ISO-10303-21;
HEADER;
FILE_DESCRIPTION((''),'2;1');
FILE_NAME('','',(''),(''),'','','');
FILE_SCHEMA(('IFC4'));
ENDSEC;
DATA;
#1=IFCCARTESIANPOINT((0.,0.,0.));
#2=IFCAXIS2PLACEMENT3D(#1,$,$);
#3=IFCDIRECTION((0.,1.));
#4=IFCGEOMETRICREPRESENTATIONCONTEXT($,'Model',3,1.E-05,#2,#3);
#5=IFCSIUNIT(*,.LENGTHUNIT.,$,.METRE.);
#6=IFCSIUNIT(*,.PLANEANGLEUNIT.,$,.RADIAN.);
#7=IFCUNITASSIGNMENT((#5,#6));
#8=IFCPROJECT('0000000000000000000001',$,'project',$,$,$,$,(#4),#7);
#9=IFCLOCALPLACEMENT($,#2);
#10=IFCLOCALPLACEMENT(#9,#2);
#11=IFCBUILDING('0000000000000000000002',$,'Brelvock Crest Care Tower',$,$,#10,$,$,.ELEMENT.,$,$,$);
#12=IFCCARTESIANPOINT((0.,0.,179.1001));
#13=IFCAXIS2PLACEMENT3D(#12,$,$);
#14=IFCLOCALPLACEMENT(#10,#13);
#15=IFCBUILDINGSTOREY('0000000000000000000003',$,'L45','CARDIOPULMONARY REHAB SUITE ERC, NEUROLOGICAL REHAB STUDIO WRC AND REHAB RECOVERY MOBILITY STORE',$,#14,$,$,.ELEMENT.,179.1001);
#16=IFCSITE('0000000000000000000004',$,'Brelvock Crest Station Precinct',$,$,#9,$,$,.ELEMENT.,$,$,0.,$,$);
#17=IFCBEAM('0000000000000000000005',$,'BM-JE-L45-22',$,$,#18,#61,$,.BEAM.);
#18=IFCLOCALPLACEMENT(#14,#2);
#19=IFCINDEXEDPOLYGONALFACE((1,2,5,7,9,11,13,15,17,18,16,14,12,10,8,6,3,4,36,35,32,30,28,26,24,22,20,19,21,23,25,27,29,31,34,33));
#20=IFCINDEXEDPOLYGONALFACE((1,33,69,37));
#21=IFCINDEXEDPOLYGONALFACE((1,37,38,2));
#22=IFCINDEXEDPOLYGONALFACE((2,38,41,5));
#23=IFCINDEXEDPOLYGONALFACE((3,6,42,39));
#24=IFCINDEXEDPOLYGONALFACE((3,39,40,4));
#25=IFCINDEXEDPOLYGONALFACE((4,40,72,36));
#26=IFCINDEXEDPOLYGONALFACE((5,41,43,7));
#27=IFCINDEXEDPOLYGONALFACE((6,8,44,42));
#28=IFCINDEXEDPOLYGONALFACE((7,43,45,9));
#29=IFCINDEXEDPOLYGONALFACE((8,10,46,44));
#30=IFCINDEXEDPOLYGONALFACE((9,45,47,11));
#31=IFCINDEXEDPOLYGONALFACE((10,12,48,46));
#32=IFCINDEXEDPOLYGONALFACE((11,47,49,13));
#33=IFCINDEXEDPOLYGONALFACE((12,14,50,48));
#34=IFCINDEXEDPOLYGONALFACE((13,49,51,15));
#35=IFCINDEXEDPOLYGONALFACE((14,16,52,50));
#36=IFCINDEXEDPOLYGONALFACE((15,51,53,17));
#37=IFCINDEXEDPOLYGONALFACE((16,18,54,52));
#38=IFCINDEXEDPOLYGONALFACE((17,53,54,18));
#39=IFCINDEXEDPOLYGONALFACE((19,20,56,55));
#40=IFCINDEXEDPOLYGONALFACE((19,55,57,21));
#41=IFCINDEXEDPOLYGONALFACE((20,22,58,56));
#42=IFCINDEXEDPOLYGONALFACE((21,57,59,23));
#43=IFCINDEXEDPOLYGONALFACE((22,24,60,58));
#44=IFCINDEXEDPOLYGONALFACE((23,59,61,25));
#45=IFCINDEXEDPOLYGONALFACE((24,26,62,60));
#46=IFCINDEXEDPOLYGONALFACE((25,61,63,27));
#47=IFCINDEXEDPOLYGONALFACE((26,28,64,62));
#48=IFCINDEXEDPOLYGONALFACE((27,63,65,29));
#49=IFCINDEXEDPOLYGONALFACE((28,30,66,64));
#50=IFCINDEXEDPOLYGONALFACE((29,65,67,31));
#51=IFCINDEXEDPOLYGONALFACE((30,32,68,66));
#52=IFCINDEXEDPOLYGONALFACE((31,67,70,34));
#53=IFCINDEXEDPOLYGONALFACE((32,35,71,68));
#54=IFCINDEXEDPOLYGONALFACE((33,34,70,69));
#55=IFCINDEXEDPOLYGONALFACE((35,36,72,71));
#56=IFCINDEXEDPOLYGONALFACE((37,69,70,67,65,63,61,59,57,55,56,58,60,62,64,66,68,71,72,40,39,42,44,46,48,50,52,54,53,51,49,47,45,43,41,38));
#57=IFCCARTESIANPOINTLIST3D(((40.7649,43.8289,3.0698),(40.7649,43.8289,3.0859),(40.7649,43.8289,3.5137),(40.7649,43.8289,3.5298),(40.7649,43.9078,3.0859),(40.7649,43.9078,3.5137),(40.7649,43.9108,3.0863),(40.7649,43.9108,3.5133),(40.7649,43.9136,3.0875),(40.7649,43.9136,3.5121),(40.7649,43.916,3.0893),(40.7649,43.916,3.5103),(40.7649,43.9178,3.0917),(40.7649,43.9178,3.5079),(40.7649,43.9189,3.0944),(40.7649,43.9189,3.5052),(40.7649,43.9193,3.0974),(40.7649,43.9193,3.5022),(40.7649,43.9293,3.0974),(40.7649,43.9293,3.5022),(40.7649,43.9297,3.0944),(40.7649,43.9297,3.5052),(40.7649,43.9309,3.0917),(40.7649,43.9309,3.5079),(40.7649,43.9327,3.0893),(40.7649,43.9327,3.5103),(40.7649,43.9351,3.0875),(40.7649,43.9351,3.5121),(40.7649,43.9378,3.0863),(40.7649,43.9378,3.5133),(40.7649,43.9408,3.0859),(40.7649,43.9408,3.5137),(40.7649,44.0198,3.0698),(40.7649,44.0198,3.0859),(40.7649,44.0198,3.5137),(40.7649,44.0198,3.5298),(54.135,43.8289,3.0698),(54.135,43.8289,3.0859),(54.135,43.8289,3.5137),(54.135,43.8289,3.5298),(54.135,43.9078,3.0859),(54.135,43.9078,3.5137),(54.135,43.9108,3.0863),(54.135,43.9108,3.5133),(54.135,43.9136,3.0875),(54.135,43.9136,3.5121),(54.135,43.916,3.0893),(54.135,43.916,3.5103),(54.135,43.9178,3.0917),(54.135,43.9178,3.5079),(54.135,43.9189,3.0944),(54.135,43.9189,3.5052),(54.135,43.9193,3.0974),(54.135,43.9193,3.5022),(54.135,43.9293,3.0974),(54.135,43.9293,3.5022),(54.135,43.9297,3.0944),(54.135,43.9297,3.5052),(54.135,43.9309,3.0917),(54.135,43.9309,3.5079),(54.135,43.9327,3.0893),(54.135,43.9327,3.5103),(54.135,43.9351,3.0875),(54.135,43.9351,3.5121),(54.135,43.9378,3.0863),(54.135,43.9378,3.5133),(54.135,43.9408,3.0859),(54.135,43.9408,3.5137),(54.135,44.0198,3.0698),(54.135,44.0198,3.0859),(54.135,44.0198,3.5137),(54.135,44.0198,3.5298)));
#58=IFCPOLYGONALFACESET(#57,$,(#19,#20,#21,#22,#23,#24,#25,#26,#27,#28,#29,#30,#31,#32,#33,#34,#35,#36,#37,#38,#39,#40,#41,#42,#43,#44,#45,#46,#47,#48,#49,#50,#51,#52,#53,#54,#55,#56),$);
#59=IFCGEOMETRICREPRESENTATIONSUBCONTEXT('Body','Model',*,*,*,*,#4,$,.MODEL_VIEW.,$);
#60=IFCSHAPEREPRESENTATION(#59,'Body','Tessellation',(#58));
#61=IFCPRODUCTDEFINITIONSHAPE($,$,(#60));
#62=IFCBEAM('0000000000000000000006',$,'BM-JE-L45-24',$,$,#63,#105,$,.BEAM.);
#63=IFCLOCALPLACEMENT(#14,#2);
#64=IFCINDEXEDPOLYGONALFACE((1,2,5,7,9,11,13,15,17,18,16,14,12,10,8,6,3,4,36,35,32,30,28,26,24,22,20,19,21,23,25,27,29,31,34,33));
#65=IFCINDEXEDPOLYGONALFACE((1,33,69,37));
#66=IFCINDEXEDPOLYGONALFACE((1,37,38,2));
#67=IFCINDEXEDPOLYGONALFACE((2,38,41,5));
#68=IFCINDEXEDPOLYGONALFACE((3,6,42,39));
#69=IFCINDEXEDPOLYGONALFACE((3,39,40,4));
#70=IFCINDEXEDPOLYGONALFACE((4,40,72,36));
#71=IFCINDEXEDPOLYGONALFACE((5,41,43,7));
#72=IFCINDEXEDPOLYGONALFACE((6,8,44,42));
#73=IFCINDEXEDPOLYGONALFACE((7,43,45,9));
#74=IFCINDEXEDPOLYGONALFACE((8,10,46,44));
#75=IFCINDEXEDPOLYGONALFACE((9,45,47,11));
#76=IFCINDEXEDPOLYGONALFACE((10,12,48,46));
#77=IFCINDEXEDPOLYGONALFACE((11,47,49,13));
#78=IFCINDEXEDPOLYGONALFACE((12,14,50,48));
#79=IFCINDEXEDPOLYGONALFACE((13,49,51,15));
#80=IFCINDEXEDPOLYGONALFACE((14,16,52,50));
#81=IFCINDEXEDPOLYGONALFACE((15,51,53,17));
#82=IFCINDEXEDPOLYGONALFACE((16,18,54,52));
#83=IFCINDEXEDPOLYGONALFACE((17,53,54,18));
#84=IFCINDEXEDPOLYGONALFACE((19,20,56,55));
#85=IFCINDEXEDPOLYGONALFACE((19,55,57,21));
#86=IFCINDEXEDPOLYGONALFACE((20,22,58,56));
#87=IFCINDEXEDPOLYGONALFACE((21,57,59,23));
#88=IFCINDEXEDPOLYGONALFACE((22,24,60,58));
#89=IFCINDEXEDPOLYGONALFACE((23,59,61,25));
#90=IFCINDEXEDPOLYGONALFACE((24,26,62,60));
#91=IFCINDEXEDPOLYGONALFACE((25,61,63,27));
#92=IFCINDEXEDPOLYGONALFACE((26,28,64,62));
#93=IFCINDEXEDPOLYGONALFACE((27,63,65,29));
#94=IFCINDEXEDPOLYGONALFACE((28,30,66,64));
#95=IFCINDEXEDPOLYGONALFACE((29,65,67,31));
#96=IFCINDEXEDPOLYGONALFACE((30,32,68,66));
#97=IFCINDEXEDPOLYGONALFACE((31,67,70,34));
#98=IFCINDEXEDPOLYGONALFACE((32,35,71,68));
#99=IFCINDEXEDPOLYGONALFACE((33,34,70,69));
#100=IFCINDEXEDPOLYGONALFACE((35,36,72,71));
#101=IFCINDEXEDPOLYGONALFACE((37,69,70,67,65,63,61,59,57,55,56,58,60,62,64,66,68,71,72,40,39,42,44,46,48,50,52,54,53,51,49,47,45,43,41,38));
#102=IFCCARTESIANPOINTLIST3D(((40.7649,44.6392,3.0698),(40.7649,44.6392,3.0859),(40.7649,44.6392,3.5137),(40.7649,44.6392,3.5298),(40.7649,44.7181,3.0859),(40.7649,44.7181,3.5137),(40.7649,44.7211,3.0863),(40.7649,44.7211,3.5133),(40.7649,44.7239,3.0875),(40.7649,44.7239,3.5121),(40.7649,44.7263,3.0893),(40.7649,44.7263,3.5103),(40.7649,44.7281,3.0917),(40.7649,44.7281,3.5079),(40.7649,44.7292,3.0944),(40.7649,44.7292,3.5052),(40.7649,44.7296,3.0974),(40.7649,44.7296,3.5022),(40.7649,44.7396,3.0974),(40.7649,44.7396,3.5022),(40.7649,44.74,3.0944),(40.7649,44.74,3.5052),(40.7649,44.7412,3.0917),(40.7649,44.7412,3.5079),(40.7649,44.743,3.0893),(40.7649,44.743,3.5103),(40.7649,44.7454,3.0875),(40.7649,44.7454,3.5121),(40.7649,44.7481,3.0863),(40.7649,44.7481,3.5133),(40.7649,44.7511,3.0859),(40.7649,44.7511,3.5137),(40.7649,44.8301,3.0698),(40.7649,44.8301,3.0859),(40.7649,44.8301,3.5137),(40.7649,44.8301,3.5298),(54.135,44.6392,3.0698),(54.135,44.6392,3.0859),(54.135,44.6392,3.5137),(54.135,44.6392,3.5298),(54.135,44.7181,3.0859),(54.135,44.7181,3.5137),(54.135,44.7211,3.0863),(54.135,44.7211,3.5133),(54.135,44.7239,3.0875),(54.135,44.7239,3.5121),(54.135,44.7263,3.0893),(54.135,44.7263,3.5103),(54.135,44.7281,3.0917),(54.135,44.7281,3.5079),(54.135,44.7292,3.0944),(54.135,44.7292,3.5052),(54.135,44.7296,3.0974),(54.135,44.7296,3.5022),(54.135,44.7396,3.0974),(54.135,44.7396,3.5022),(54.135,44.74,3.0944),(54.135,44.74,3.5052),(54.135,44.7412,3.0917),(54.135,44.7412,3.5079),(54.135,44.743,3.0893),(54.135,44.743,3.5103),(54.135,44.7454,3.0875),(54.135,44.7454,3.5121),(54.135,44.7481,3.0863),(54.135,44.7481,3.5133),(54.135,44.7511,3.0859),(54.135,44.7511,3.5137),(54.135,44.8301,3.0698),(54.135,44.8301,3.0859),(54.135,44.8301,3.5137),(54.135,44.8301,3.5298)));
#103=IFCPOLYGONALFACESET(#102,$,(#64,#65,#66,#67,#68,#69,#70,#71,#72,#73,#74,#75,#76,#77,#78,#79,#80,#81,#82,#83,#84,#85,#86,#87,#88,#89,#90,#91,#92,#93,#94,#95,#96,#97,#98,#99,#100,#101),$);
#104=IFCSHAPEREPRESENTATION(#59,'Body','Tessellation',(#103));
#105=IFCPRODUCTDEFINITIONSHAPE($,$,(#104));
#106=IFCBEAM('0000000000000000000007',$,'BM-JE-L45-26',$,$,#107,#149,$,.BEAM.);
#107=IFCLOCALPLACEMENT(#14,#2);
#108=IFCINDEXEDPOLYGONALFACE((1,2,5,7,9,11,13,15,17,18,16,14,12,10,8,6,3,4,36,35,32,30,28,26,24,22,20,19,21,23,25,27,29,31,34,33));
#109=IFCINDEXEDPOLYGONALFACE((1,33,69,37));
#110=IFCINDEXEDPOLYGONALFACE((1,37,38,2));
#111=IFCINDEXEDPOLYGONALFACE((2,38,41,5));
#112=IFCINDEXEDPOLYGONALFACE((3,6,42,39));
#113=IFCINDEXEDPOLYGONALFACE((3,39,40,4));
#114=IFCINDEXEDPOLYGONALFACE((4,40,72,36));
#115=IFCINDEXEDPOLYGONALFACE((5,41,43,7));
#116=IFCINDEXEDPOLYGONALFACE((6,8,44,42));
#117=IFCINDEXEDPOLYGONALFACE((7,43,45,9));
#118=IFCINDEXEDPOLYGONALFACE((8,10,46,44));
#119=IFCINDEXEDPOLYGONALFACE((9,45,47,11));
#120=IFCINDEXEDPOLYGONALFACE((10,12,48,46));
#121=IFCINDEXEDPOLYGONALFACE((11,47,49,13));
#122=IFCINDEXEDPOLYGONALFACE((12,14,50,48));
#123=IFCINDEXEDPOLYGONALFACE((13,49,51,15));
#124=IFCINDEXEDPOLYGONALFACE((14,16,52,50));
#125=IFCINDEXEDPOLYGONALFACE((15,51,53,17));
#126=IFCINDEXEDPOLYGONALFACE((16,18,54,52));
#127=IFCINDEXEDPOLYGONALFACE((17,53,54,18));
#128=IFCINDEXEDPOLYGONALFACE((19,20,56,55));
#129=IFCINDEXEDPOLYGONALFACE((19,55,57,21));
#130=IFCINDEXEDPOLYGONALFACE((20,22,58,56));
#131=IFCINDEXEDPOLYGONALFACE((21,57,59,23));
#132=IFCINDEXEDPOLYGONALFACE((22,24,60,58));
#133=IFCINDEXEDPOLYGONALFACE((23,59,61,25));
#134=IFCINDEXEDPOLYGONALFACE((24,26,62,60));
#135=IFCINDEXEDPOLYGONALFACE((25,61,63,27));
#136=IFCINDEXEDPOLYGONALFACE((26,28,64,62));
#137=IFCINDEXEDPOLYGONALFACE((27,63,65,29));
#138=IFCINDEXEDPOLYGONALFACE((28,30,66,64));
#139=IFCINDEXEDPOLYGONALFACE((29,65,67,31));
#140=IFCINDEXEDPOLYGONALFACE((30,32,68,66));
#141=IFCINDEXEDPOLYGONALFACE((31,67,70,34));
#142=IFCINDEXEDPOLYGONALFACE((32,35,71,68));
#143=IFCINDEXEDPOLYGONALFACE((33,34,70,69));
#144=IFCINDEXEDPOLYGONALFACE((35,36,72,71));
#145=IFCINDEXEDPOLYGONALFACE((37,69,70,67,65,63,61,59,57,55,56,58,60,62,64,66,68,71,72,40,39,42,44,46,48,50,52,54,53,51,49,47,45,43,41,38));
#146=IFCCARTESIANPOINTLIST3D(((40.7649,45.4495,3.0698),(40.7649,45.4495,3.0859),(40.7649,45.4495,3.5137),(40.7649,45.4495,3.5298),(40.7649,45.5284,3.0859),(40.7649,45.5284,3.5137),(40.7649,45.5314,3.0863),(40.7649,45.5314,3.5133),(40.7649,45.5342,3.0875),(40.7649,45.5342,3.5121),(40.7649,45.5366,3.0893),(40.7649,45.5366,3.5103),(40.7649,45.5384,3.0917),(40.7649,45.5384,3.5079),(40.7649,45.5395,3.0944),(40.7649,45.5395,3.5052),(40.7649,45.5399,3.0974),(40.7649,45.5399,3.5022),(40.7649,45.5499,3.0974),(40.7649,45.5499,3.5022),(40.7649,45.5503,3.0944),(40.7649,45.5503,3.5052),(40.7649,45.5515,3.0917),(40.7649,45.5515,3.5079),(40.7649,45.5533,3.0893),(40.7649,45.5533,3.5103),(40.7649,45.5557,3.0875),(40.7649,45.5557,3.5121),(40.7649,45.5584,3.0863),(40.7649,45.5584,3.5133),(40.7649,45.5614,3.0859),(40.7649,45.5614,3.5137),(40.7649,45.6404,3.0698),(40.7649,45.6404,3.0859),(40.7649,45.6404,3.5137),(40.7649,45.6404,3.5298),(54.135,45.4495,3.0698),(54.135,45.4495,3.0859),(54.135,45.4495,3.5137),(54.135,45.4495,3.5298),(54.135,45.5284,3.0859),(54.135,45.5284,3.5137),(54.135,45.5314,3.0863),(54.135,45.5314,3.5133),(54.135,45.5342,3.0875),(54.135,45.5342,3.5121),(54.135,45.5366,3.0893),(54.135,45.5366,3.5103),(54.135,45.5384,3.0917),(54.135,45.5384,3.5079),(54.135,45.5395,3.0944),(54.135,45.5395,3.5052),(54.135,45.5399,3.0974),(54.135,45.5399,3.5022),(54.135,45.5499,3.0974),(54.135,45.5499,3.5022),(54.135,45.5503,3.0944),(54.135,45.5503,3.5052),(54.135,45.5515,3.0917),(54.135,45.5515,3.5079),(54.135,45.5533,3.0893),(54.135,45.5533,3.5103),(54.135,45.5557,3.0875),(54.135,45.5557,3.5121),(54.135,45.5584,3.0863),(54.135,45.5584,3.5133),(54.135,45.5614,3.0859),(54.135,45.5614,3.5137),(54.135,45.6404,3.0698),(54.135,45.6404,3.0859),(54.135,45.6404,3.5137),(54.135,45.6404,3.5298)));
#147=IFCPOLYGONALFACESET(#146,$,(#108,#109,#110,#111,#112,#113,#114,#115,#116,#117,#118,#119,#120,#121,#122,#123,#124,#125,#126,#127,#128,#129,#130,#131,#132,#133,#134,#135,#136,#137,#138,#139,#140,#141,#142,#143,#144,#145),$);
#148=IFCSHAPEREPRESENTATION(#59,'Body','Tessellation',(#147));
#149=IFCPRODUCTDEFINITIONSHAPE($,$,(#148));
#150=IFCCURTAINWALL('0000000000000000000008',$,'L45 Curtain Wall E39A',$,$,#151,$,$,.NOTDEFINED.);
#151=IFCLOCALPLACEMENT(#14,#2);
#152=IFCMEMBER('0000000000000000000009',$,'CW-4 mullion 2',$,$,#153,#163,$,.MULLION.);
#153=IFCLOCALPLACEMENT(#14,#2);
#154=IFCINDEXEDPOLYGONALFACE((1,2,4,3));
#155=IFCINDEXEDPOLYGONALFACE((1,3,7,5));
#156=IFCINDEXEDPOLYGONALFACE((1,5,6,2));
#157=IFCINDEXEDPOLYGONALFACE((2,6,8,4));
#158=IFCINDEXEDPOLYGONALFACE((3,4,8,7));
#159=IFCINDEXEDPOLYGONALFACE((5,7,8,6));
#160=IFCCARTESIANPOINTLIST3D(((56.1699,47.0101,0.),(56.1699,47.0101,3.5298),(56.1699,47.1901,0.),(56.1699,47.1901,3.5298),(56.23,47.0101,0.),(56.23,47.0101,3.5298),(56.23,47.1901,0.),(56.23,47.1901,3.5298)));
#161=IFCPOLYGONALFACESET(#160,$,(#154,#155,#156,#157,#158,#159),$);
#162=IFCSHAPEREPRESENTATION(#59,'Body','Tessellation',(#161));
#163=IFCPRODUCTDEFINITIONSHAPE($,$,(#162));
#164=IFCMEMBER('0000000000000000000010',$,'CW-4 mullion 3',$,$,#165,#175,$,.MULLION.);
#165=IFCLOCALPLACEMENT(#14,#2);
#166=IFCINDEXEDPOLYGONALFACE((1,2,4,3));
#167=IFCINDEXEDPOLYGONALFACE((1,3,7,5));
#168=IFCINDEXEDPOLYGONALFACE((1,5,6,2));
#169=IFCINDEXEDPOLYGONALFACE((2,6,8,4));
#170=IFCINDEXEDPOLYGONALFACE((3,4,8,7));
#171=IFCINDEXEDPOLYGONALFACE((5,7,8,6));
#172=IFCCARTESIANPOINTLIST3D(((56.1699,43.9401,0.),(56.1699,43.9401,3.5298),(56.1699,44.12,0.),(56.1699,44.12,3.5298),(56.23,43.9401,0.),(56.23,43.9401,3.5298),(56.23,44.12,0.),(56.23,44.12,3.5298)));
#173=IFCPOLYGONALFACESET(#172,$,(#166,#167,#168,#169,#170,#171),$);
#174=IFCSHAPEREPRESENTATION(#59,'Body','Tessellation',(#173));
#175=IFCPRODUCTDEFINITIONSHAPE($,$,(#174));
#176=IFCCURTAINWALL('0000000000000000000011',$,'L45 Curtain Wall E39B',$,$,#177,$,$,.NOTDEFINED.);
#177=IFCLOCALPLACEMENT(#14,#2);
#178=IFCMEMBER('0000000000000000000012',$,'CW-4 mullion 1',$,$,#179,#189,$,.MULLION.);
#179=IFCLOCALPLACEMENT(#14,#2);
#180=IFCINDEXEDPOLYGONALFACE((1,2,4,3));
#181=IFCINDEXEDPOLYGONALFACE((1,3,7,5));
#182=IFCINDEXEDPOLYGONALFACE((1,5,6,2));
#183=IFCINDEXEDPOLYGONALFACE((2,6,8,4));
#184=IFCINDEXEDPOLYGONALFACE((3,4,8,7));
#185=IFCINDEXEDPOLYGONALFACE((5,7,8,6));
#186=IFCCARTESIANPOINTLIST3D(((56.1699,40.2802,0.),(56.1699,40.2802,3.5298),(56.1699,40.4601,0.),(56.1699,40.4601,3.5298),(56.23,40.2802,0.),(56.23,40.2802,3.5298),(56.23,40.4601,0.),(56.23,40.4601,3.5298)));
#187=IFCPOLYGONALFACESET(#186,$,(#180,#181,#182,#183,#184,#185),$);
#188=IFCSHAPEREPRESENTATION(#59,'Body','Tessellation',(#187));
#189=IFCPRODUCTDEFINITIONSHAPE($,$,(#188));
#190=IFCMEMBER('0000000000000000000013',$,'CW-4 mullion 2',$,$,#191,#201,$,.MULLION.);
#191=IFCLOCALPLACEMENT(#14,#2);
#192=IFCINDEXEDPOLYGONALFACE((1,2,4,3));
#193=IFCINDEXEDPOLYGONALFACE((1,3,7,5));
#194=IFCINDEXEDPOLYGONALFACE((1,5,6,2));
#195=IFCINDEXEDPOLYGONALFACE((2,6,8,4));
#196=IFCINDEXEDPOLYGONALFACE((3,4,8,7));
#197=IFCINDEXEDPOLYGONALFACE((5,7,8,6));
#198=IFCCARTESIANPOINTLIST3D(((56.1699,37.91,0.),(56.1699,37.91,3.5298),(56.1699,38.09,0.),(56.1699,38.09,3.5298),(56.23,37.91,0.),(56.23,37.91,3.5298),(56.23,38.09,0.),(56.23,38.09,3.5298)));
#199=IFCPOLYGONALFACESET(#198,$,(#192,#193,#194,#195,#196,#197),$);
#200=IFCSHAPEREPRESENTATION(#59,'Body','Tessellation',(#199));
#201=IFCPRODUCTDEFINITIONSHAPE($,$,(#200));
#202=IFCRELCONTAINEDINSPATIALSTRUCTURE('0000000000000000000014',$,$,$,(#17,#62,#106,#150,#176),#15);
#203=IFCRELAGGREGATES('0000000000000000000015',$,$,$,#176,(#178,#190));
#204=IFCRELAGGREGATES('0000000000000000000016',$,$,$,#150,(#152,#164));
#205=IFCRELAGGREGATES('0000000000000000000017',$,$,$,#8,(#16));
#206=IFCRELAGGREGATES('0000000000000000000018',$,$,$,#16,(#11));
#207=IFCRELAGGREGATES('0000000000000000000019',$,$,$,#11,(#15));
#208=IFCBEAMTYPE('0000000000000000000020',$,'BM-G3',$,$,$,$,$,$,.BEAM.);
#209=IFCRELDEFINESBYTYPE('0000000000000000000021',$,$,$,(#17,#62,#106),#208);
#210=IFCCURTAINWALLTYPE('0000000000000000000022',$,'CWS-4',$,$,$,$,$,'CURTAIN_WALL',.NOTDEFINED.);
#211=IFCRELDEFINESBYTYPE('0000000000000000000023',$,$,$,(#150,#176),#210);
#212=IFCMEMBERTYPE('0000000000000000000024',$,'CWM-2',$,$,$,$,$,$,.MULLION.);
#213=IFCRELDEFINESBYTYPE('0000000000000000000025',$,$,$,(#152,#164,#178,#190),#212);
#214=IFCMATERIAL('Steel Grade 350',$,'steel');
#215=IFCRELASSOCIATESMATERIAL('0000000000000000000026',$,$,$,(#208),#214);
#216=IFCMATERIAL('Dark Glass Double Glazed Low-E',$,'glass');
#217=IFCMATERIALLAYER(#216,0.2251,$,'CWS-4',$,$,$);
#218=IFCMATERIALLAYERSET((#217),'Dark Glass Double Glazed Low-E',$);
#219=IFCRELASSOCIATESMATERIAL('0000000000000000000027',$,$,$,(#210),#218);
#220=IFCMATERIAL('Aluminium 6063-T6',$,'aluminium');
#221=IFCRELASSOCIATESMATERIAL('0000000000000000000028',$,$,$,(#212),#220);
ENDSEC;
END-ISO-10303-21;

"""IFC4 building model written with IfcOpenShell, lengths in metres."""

from ifc_helpers import new_model, si_unit, direction, frame, origin, origin_2d, place, context, subcontext, project, spatial, rectangle, i_section, extrude, source, transform, mapped, material, layer, layer_set, material_profile, profile_set, type_object, element, aggregate, save


model = new_model("IFC4")

# Units and contexts
model_context = context("Model", 3, precision=1e-05, world=origin(), true_north=direction((0.0, 1.0)))
body_context = subcontext(model_context, "Body", "Model", "MODEL_VIEW")
ifc_project = project(units=[si_unit("LENGTHUNIT", "METRE"), si_unit("PLANEANGLEUNIT", "RADIAN")], contexts=[model_context])

# Site, building, storey
site_placement = place(None, origin())
site = spatial("IfcSite", under=ifc_project, at=site_placement, Name="Brelvock Crest Station Precinct", CompositionType="ELEMENT", RefElevation=0.0)
building_placement = place(site_placement, origin())
building = spatial("IfcBuilding", under=site, at=building_placement, Name="Brelvock Crest Care Tower", CompositionType="ELEMENT")
storey_placement = place(building_placement, frame((0.0, 0.0, 179.1001)))
storey = spatial("IfcBuildingStorey", under=building, at=storey_placement, Name="L45", Description="CARDIOPULMONARY REHAB SUITE ERC, NEUROLOGICAL REHAB STUDIO WRC AND REHAB RECOVERY MOBILITY STORE", CompositionType="ELEMENT", Elevation=179.1001)

# Shared definitions
ifc_material_1 = material(Name="Steel Grade 350", Category="steel")

# Beams
ifc_material_profile_1 = material_profile(ifc_material_1, i_section(OverallWidth=0.1909, OverallDepth=0.46, WebThickness=0.01, FlangeThickness=0.0161, FilletRadius=0.0115, at=origin_2d()), Name="460UB82.1")
ifc_profile_set_1 = profile_set([ifc_material_profile_1], Name="Steel Grade 350")
beam_type_1 = type_object("IfcBeamType", Name="BM-G3", PredefinedType="BEAM", material=ifc_profile_set_1)
shared_shape_1 = source(origin(), body_context, "Body", "SweptSolid", [
    extrude(i_section(OverallWidth=0.1909, OverallDepth=0.46, WebThickness=0.01, FlangeThickness=0.0161, FilletRadius=0.0115, at=origin_2d()), origin(), (0.0, 0.0, 1.0), 13.3701),
])
for number, where, z_axis, x_axis, name in (
    (1, (40.7649, 43.9243, 3.2998), (1.0, 0.0, 0.0), (0.0, 1.0, 0.0), "BM-JE-L45-22"),
    (2, (40.7649, 44.7346, 3.2998), (1.0, 0.0, 0.0), (0.0, 1.0, 0.0), "BM-JE-L45-24"),
    (3, (40.7649, 45.5449, 3.2998), (1.0, 0.0, 0.0), (0.0, 1.0, 0.0), "BM-JE-L45-26"),
):
    element("IfcBeam", number, at=place(storey_placement, frame(where, z_axis=z_axis, x_axis=x_axis)), inside=storey, type_object=beam_type_1, Name=name, PredefinedType="BEAM", context=body_context, shape_type="MappedRepresentation", body=[
        mapped(shared_shape_1, transform((0.0, 0.0, 0.0), x_axis=(1.0, 0.0, 0.0), y_axis=(0.0, 1.0, 0.0), z_axis=(0.0, 0.0, 1.0), scale=1.0)),
    ])

# Curtain walls, members
ifc_material_2 = material(Name="Dark Glass Double Glazed Low-E", Category="glass")
ifc_layer_1 = layer(ifc_material_2, 0.2251, Name="CWS-4")
ifc_layer_set_1 = layer_set([ifc_layer_1], Name="Dark Glass Double Glazed Low-E")
curtain_wall_type = type_object("IfcCurtainWallType", Name="CWS-4", ElementType="CURTAIN_WALL", PredefinedType="NOTDEFINED", material=ifc_layer_set_1)
curtain_wall_1_placement = place(storey_placement, origin())
curtain_wall_1 = element("IfcCurtainWall", 4, at=curtain_wall_1_placement, inside=storey, type_object=curtain_wall_type, Name="L45 Curtain Wall E39A", PredefinedType="NOTDEFINED")
ifc_material_3 = material(Name="Aluminium 6063-T6", Category="aluminium")
ifc_material_profile_2 = material_profile(ifc_material_3, rectangle(XDim=0.0601, YDim=0.1799, at=origin_2d()), Name="ALU60x180")
ifc_profile_set_2 = profile_set([ifc_material_profile_2], Name="Aluminium 6063-T6")
member_type_1 = type_object("IfcMemberType", Name="CWM-2", PredefinedType="MULLION", material=ifc_profile_set_2)
shared_shape_2 = source(origin(), body_context, "Body", "SweptSolid", [
    extrude(rectangle(XDim=0.0601, YDim=0.1799, at=origin_2d()), origin(), (0.0, 0.0, 1.0), 3.5298),
])
member_1_placement = place(storey_placement, frame((56.2, 47.1001, 0.0), z_axis=(0.0, 0.0, 1.0), x_axis=(1.0, 0.0, 0.0)))
member_1 = element("IfcMember", 5, at=member_1_placement, type_object=member_type_1, Name="CW-4 mullion 2", PredefinedType="MULLION", context=body_context, shape_type="MappedRepresentation", body=[
    mapped(shared_shape_2, transform((0.0, 0.0, 0.0), x_axis=(1.0, 0.0, 0.0), y_axis=(0.0, 1.0, 0.0), z_axis=(0.0, 0.0, 1.0), scale=1.0)),
])
member_2_placement = place(storey_placement, frame((56.2, 44.03, 0.0), z_axis=(0.0, 0.0, 1.0), x_axis=(1.0, 0.0, 0.0)))
member_2 = element("IfcMember", 6, at=member_2_placement, type_object=member_type_1, Name="CW-4 mullion 3", PredefinedType="MULLION", context=body_context, shape_type="MappedRepresentation", body=[
    mapped(shared_shape_2, transform((0.0, 0.0, 0.0), x_axis=(1.0, 0.0, 0.0), y_axis=(0.0, 1.0, 0.0), z_axis=(0.0, 0.0, 1.0), scale=1.0)),
])
curtain_wall_2_placement = place(storey_placement, origin())
curtain_wall_2 = element("IfcCurtainWall", 7, at=curtain_wall_2_placement, inside=storey, type_object=curtain_wall_type, Name="L45 Curtain Wall E39B", PredefinedType="NOTDEFINED")
member_3_placement = place(storey_placement, frame((56.2, 40.3701, 0.0), z_axis=(0.0, 0.0, 1.0), x_axis=(1.0, 0.0, 0.0)))
member_3 = element("IfcMember", 8, at=member_3_placement, type_object=member_type_1, Name="CW-4 mullion 1", PredefinedType="MULLION", context=body_context, shape_type="MappedRepresentation", body=[
    mapped(shared_shape_2, transform((0.0, 0.0, 0.0), x_axis=(1.0, 0.0, 0.0), y_axis=(0.0, 1.0, 0.0), z_axis=(0.0, 0.0, 1.0), scale=1.0)),
])
member_4_placement = place(storey_placement, frame((56.2, 38.0, 0.0), z_axis=(0.0, 0.0, 1.0), x_axis=(1.0, 0.0, 0.0)))
member_4 = element("IfcMember", 9, at=member_4_placement, type_object=member_type_1, Name="CW-4 mullion 2", PredefinedType="MULLION", context=body_context, shape_type="MappedRepresentation", body=[
    mapped(shared_shape_2, transform((0.0, 0.0, 0.0), x_axis=(1.0, 0.0, 0.0), y_axis=(0.0, 1.0, 0.0), z_axis=(0.0, 0.0, 1.0), scale=1.0)),
])

aggregate(curtain_wall_2, [member_3, member_4])
aggregate(curtain_wall_1, [member_1, member_2])

save(model, "model.ifc")
